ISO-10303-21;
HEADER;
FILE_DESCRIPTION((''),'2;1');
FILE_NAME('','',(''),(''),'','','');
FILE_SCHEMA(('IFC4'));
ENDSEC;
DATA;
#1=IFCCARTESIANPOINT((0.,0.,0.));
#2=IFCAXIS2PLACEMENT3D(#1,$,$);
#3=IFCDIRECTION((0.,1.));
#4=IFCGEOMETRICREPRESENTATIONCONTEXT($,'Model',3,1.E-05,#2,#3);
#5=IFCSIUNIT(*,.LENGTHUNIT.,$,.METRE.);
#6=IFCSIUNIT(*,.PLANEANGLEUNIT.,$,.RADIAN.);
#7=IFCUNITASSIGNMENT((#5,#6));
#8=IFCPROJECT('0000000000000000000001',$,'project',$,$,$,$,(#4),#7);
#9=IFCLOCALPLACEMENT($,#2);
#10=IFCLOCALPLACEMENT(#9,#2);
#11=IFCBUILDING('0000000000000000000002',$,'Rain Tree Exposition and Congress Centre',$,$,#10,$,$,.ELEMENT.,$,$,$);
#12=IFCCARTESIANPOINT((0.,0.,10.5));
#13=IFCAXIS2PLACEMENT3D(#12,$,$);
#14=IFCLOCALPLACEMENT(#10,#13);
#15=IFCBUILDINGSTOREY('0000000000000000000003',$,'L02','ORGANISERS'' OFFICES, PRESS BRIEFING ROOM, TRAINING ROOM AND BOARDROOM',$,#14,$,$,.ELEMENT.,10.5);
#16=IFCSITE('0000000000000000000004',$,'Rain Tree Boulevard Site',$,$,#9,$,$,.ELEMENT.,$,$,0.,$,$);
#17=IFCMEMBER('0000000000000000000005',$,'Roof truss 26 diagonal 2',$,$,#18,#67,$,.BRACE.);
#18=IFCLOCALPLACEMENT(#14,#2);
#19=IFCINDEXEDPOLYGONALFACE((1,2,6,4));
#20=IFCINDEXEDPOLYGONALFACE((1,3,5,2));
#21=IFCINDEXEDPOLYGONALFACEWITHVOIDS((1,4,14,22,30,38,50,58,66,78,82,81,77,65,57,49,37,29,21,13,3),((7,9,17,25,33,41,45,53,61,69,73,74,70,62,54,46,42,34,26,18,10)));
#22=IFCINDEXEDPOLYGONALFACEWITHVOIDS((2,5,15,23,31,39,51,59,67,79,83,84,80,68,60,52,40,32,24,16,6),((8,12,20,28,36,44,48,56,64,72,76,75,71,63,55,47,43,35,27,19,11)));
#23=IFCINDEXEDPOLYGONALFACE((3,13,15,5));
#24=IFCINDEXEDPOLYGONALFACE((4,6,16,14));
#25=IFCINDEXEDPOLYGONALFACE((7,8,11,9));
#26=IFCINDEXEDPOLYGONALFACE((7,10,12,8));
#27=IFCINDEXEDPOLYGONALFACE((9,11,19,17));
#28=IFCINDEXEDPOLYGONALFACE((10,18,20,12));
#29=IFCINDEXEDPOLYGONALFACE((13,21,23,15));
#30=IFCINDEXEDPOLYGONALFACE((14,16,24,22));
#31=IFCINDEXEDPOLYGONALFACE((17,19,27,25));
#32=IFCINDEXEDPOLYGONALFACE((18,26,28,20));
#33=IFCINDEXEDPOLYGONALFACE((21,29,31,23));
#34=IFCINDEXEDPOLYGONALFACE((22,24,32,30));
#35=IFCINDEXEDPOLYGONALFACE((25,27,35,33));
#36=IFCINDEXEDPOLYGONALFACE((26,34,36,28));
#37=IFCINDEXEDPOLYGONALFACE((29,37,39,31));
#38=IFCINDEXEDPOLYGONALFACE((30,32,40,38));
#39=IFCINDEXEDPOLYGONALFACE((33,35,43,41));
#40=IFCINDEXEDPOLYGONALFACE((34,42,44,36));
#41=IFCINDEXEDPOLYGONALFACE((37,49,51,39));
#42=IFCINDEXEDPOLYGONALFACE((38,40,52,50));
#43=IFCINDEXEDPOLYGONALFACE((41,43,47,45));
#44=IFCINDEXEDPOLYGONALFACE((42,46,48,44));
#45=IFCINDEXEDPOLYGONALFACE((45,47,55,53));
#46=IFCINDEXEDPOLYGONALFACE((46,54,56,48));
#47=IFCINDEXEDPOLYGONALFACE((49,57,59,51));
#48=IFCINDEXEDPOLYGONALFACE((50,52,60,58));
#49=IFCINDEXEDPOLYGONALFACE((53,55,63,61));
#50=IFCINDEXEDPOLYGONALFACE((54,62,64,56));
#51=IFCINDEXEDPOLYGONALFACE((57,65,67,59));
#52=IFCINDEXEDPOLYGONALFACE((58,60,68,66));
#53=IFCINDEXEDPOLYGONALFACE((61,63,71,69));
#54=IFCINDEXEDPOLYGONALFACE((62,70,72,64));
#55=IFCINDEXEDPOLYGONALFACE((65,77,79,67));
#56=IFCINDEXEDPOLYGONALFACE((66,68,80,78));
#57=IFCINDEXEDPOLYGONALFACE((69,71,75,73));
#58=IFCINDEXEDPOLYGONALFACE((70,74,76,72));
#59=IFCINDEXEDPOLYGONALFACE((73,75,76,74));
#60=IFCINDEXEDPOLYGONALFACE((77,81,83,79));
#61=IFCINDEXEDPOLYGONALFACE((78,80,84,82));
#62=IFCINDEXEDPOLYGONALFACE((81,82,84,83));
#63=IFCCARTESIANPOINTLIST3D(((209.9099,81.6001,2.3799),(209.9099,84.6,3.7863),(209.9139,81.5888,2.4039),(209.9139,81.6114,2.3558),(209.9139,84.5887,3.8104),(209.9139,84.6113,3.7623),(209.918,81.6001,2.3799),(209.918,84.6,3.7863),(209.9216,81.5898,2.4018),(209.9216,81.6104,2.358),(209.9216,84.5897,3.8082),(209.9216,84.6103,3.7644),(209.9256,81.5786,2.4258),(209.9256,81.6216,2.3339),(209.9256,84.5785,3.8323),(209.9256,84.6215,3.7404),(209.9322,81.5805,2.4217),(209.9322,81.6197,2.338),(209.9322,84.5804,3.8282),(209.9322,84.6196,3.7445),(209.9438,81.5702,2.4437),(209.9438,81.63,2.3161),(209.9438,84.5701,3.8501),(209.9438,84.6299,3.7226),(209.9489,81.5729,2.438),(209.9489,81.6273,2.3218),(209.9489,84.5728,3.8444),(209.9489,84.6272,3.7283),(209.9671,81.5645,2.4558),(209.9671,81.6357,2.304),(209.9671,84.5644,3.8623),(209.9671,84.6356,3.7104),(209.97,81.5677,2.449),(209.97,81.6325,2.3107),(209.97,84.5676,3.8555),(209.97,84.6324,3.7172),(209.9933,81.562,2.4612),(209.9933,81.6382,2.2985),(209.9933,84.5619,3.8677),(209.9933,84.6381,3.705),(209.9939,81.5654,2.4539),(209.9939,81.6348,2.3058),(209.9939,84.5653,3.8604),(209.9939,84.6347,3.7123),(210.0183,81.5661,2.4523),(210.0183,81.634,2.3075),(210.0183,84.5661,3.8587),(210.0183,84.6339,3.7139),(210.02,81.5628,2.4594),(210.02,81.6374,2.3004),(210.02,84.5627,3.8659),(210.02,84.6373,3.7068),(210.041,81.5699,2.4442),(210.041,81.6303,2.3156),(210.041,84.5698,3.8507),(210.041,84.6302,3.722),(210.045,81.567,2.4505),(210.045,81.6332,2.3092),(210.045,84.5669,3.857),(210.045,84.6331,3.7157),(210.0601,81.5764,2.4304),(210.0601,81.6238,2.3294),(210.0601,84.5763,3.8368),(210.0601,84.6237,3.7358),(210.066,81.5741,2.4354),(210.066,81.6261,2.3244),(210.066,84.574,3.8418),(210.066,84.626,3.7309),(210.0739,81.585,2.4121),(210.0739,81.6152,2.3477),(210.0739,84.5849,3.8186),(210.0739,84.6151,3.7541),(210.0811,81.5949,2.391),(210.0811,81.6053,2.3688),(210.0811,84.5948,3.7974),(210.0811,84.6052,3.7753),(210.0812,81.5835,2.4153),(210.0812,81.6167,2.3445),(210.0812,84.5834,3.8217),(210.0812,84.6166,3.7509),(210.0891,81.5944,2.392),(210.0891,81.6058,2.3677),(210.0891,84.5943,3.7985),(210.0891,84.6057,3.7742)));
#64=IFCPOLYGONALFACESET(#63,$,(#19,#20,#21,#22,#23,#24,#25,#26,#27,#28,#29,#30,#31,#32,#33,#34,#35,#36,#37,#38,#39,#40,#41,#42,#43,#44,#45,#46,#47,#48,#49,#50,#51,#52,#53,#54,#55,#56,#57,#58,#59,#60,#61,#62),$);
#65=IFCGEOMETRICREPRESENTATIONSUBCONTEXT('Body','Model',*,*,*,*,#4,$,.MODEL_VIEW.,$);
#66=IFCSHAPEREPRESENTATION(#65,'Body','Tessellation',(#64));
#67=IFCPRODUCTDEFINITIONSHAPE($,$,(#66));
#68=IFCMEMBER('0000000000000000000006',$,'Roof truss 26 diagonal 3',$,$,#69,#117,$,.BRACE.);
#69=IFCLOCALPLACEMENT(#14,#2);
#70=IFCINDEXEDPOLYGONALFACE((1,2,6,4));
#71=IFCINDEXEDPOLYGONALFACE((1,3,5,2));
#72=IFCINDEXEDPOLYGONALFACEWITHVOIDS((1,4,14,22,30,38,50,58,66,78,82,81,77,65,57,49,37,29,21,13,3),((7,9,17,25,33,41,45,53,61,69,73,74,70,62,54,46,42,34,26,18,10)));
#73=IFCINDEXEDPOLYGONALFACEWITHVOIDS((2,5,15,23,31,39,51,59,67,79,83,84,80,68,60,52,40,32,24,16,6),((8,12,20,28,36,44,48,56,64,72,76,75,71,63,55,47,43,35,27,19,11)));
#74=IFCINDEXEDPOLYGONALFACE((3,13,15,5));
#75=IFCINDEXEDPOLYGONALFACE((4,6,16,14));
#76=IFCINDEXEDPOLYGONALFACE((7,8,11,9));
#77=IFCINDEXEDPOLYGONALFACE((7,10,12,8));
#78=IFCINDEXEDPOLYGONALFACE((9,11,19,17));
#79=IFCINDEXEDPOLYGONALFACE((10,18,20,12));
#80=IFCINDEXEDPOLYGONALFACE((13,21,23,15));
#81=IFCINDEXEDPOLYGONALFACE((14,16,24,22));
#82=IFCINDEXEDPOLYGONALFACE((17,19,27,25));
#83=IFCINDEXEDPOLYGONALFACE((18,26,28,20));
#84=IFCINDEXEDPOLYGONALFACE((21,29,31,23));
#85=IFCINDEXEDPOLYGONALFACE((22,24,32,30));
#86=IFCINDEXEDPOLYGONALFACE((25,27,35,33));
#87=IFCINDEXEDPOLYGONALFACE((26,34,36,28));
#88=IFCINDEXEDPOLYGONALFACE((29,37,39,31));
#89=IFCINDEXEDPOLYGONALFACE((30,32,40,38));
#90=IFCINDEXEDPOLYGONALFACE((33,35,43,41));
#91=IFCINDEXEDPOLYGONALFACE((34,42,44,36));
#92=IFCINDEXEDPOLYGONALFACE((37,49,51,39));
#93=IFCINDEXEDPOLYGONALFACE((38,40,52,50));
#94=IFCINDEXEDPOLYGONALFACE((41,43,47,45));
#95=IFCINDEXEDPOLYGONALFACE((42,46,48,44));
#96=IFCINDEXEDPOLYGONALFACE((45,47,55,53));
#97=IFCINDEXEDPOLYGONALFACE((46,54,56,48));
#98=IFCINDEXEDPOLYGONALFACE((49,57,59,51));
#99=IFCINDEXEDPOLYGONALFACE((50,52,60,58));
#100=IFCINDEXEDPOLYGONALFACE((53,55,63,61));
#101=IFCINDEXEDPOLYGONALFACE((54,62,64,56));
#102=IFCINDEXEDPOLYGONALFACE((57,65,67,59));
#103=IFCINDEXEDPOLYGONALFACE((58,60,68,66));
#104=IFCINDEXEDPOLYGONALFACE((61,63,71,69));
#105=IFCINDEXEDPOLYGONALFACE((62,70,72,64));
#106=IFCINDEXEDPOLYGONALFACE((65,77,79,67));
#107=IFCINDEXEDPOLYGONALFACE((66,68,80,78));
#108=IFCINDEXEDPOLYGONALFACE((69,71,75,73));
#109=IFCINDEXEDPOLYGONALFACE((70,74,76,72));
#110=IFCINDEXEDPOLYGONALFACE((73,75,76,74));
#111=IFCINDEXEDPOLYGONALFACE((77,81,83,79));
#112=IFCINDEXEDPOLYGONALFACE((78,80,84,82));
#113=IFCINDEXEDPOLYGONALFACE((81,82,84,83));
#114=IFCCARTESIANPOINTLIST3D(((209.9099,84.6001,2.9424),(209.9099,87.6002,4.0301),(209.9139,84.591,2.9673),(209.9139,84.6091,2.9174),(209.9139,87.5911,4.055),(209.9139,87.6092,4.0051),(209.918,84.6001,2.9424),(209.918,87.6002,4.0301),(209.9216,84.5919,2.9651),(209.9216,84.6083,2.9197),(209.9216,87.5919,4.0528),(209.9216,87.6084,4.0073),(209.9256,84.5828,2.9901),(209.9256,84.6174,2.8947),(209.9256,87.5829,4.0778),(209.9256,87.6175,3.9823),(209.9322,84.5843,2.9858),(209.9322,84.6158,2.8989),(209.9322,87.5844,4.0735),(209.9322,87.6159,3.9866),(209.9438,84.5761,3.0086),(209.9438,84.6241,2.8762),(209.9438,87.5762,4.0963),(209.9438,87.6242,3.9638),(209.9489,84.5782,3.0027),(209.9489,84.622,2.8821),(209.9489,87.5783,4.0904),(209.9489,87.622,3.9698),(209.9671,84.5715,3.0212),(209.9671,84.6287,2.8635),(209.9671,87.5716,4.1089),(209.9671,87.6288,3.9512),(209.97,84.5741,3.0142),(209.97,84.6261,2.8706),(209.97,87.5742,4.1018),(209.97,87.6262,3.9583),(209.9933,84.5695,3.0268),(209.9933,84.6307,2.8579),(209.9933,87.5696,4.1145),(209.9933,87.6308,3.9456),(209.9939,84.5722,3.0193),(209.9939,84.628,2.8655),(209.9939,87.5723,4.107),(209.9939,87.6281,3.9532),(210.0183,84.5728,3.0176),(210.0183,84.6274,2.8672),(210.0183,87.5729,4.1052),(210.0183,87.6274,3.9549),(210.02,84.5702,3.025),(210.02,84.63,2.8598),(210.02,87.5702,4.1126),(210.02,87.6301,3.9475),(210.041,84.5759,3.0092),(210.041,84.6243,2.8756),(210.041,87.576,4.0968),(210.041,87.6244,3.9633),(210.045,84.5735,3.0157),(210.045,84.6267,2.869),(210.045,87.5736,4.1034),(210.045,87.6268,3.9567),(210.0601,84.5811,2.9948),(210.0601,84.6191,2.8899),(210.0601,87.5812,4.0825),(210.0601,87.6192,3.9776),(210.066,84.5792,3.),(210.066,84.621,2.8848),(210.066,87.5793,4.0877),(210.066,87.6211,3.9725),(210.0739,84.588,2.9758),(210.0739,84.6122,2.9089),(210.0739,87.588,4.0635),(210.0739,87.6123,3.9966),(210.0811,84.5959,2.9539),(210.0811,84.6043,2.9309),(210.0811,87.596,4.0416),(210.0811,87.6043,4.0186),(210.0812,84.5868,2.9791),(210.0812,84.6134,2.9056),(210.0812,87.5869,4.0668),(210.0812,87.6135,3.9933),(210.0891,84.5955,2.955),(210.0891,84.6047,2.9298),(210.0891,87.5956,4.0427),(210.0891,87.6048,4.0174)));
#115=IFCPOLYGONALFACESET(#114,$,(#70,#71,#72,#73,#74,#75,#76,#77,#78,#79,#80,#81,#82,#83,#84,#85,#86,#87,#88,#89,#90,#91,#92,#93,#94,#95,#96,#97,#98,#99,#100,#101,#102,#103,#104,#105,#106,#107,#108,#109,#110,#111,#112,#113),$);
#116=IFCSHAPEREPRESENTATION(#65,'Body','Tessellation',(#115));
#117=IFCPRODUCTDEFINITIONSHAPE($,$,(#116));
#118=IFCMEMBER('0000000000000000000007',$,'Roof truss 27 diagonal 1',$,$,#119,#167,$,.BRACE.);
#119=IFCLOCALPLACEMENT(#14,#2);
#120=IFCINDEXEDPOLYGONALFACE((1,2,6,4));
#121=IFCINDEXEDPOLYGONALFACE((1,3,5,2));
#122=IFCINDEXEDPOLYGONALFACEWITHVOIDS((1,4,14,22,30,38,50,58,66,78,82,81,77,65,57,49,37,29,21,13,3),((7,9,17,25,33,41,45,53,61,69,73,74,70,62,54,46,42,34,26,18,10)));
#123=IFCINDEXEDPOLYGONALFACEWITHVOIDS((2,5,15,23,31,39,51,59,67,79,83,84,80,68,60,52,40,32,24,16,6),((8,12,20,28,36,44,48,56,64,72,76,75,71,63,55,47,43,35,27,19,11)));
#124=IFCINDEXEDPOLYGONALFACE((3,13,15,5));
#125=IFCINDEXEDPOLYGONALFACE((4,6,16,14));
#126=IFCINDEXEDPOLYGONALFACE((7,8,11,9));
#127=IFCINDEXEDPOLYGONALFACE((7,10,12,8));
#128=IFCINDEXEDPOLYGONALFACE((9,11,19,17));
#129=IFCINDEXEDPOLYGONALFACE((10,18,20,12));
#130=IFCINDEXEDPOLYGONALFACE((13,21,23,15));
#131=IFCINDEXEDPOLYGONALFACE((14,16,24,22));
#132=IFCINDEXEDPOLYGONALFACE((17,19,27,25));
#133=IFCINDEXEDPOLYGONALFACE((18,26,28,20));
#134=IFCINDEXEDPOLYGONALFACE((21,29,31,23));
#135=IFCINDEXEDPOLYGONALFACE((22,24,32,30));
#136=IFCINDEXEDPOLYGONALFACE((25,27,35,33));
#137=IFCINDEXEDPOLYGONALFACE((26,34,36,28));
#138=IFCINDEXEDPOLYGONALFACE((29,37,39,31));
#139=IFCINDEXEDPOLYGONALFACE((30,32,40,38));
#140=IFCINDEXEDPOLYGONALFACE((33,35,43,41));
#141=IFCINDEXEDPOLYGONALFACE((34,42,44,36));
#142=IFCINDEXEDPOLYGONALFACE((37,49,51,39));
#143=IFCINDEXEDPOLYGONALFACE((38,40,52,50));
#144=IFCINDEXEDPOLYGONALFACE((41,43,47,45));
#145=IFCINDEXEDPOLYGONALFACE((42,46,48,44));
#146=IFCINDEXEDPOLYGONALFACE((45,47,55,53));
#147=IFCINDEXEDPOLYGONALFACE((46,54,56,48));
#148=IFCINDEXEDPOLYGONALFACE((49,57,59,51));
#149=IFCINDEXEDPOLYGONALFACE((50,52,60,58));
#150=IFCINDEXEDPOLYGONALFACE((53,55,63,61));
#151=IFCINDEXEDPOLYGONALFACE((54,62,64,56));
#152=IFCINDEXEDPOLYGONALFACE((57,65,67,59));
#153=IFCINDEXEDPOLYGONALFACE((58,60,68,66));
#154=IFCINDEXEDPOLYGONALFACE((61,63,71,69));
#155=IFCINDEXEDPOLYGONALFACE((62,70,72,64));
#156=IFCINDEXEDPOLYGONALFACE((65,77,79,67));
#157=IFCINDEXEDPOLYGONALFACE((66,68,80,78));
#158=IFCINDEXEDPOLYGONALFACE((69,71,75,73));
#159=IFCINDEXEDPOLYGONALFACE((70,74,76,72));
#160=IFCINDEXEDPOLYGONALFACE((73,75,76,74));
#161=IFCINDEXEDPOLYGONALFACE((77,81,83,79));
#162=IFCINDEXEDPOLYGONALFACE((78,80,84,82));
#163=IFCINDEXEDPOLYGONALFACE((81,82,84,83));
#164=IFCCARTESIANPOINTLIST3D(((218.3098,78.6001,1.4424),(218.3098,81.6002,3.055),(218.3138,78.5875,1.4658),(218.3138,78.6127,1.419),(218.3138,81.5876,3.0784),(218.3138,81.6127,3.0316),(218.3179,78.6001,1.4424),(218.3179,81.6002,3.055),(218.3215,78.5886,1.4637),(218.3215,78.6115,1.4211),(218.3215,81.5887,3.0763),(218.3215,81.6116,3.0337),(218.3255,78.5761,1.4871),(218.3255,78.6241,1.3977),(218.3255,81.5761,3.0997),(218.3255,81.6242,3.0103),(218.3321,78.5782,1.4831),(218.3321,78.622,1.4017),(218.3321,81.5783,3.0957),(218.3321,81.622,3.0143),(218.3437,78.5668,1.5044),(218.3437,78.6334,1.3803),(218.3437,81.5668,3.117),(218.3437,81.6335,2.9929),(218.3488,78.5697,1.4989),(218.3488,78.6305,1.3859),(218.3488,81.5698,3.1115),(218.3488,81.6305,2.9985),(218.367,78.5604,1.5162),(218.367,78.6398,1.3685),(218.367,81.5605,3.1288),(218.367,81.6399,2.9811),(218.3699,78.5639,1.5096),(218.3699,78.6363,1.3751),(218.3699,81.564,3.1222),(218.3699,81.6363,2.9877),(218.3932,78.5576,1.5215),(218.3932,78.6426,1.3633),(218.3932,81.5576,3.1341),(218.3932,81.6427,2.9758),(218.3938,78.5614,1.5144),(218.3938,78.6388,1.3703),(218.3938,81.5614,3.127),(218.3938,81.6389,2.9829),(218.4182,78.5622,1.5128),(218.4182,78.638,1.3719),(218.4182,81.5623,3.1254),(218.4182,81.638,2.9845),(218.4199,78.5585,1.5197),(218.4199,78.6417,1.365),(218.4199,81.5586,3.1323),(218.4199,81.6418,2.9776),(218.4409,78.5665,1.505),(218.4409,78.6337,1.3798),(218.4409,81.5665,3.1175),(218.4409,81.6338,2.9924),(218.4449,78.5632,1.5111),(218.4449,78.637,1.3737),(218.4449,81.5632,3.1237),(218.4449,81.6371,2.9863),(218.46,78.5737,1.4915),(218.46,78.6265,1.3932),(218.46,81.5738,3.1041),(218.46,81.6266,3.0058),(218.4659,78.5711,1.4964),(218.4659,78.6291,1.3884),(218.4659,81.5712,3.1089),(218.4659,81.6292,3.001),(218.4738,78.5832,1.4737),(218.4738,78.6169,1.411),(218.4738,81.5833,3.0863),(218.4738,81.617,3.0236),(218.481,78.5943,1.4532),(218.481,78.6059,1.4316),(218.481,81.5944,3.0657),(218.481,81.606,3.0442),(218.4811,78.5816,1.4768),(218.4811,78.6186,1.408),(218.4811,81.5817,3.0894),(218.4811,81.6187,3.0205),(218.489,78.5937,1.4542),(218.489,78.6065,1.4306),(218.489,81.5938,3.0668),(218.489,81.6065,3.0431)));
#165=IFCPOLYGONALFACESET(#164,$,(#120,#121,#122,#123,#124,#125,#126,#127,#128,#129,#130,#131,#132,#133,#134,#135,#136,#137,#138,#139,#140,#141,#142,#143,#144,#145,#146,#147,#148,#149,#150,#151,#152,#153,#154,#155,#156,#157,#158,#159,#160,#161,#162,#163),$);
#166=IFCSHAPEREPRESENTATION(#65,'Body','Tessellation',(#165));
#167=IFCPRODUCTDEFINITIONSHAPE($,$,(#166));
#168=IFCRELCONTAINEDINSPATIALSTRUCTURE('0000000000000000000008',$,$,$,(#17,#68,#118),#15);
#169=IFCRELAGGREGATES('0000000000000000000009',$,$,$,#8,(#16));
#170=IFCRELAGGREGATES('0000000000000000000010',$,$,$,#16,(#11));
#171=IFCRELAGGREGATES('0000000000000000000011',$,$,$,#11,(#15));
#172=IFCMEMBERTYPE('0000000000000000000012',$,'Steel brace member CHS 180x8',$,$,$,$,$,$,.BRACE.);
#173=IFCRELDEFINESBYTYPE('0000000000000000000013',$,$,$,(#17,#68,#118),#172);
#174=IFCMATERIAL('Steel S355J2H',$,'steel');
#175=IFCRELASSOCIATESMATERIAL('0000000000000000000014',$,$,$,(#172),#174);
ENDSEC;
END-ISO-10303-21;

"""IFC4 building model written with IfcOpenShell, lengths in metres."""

from ifc_helpers import new_model, si_unit, direction, frame, origin, origin_2d, place, context, subcontext, project, spatial, hollow_circle, extrude, material, material_profile, profile_set, type_object, element, save


model = new_model("IFC4")

# Units and contexts
model_context = context("Model", 3, precision=1e-05, world=origin(), true_north=direction((0.0, 1.0)))
body_context = subcontext(model_context, "Body", "Model", "MODEL_VIEW")
ifc_project = project(units=[si_unit("LENGTHUNIT", "METRE"), si_unit("PLANEANGLEUNIT", "RADIAN")], contexts=[model_context])

# Site, building, storey
site_placement = place(None, origin())
site = spatial("IfcSite", under=ifc_project, at=site_placement, Name="Rain Tree Boulevard Site", CompositionType="ELEMENT", RefElevation=0.0)
building_placement = place(site_placement, origin())
building = spatial("IfcBuilding", under=site, at=building_placement, Name="Rain Tree Exposition and Congress Centre", CompositionType="ELEMENT")
storey_placement = place(building_placement, frame((0.0, 0.0, 10.5)))
storey = spatial("IfcBuildingStorey", under=building, at=storey_placement, Name="L02", Description="ORGANISERS' OFFICES, PRESS BRIEFING ROOM, TRAINING ROOM AND BOARDROOM", CompositionType="ELEMENT", Elevation=10.5)

# Members
ifc_material_1 = material(Name="Steel S355J2H", Category="steel")
ifc_material_profile_1 = material_profile(ifc_material_1, hollow_circle(Radius=0.0901, WallThickness=0.0081, at=origin_2d()), Name="CHS 180x8")
ifc_profile_set_1 = profile_set([ifc_material_profile_1], Name="Steel S355J2H")
member_type_1 = type_object("IfcMemberType", Name="Steel brace member CHS 180x8", PredefinedType="BRACE", material=ifc_profile_set_1)
member_1_placement = place(storey_placement, frame((210.0, 81.6001, 2.3799), z_axis=(0.0, 0.905431, 0.424494), x_axis=(-1.0, 0.0, 0.0)))
element("IfcMember", 1, at=member_1_placement, inside=storey, type_object=member_type_1, Name="Roof truss 26 diagonal 2", PredefinedType="BRACE", context=body_context, shape_type="SweptSolid", body=[
    extrude(hollow_circle(Radius=0.0901, WallThickness=0.0081, at=origin_2d()), origin(), (0.0, 0.0, 1.0), 3.3132),
])
member_2_placement = place(storey_placement, frame((210.0, 84.6001, 2.9424), z_axis=(0.0, 0.940121, 0.34084), x_axis=(-1.0, 0.0, 0.0)))
element("IfcMember", 2, at=member_2_placement, inside=storey, type_object=member_type_1, Name="Roof truss 26 diagonal 3", PredefinedType="BRACE", context=body_context, shape_type="SweptSolid", body=[
    extrude(hollow_circle(Radius=0.0901, WallThickness=0.0081, at=origin_2d()), origin(), (0.0, 0.0, 1.0), 3.1912),
])
member_3_placement = place(storey_placement, frame((218.3999, 78.6001, 1.4424), z_axis=(0.0, 0.880818, 0.473454), x_axis=(-1.0, 0.0, 0.0)))
element("IfcMember", 3, at=member_3_placement, inside=storey, type_object=member_type_1, Name="Roof truss 27 diagonal 1", PredefinedType="BRACE", context=body_context, shape_type="SweptSolid", body=[
    extrude(hollow_circle(Radius=0.0901, WallThickness=0.0081, at=origin_2d()), origin(), (0.0, 0.0, 1.0), 3.406),
])

save(model, "model.ifc")
